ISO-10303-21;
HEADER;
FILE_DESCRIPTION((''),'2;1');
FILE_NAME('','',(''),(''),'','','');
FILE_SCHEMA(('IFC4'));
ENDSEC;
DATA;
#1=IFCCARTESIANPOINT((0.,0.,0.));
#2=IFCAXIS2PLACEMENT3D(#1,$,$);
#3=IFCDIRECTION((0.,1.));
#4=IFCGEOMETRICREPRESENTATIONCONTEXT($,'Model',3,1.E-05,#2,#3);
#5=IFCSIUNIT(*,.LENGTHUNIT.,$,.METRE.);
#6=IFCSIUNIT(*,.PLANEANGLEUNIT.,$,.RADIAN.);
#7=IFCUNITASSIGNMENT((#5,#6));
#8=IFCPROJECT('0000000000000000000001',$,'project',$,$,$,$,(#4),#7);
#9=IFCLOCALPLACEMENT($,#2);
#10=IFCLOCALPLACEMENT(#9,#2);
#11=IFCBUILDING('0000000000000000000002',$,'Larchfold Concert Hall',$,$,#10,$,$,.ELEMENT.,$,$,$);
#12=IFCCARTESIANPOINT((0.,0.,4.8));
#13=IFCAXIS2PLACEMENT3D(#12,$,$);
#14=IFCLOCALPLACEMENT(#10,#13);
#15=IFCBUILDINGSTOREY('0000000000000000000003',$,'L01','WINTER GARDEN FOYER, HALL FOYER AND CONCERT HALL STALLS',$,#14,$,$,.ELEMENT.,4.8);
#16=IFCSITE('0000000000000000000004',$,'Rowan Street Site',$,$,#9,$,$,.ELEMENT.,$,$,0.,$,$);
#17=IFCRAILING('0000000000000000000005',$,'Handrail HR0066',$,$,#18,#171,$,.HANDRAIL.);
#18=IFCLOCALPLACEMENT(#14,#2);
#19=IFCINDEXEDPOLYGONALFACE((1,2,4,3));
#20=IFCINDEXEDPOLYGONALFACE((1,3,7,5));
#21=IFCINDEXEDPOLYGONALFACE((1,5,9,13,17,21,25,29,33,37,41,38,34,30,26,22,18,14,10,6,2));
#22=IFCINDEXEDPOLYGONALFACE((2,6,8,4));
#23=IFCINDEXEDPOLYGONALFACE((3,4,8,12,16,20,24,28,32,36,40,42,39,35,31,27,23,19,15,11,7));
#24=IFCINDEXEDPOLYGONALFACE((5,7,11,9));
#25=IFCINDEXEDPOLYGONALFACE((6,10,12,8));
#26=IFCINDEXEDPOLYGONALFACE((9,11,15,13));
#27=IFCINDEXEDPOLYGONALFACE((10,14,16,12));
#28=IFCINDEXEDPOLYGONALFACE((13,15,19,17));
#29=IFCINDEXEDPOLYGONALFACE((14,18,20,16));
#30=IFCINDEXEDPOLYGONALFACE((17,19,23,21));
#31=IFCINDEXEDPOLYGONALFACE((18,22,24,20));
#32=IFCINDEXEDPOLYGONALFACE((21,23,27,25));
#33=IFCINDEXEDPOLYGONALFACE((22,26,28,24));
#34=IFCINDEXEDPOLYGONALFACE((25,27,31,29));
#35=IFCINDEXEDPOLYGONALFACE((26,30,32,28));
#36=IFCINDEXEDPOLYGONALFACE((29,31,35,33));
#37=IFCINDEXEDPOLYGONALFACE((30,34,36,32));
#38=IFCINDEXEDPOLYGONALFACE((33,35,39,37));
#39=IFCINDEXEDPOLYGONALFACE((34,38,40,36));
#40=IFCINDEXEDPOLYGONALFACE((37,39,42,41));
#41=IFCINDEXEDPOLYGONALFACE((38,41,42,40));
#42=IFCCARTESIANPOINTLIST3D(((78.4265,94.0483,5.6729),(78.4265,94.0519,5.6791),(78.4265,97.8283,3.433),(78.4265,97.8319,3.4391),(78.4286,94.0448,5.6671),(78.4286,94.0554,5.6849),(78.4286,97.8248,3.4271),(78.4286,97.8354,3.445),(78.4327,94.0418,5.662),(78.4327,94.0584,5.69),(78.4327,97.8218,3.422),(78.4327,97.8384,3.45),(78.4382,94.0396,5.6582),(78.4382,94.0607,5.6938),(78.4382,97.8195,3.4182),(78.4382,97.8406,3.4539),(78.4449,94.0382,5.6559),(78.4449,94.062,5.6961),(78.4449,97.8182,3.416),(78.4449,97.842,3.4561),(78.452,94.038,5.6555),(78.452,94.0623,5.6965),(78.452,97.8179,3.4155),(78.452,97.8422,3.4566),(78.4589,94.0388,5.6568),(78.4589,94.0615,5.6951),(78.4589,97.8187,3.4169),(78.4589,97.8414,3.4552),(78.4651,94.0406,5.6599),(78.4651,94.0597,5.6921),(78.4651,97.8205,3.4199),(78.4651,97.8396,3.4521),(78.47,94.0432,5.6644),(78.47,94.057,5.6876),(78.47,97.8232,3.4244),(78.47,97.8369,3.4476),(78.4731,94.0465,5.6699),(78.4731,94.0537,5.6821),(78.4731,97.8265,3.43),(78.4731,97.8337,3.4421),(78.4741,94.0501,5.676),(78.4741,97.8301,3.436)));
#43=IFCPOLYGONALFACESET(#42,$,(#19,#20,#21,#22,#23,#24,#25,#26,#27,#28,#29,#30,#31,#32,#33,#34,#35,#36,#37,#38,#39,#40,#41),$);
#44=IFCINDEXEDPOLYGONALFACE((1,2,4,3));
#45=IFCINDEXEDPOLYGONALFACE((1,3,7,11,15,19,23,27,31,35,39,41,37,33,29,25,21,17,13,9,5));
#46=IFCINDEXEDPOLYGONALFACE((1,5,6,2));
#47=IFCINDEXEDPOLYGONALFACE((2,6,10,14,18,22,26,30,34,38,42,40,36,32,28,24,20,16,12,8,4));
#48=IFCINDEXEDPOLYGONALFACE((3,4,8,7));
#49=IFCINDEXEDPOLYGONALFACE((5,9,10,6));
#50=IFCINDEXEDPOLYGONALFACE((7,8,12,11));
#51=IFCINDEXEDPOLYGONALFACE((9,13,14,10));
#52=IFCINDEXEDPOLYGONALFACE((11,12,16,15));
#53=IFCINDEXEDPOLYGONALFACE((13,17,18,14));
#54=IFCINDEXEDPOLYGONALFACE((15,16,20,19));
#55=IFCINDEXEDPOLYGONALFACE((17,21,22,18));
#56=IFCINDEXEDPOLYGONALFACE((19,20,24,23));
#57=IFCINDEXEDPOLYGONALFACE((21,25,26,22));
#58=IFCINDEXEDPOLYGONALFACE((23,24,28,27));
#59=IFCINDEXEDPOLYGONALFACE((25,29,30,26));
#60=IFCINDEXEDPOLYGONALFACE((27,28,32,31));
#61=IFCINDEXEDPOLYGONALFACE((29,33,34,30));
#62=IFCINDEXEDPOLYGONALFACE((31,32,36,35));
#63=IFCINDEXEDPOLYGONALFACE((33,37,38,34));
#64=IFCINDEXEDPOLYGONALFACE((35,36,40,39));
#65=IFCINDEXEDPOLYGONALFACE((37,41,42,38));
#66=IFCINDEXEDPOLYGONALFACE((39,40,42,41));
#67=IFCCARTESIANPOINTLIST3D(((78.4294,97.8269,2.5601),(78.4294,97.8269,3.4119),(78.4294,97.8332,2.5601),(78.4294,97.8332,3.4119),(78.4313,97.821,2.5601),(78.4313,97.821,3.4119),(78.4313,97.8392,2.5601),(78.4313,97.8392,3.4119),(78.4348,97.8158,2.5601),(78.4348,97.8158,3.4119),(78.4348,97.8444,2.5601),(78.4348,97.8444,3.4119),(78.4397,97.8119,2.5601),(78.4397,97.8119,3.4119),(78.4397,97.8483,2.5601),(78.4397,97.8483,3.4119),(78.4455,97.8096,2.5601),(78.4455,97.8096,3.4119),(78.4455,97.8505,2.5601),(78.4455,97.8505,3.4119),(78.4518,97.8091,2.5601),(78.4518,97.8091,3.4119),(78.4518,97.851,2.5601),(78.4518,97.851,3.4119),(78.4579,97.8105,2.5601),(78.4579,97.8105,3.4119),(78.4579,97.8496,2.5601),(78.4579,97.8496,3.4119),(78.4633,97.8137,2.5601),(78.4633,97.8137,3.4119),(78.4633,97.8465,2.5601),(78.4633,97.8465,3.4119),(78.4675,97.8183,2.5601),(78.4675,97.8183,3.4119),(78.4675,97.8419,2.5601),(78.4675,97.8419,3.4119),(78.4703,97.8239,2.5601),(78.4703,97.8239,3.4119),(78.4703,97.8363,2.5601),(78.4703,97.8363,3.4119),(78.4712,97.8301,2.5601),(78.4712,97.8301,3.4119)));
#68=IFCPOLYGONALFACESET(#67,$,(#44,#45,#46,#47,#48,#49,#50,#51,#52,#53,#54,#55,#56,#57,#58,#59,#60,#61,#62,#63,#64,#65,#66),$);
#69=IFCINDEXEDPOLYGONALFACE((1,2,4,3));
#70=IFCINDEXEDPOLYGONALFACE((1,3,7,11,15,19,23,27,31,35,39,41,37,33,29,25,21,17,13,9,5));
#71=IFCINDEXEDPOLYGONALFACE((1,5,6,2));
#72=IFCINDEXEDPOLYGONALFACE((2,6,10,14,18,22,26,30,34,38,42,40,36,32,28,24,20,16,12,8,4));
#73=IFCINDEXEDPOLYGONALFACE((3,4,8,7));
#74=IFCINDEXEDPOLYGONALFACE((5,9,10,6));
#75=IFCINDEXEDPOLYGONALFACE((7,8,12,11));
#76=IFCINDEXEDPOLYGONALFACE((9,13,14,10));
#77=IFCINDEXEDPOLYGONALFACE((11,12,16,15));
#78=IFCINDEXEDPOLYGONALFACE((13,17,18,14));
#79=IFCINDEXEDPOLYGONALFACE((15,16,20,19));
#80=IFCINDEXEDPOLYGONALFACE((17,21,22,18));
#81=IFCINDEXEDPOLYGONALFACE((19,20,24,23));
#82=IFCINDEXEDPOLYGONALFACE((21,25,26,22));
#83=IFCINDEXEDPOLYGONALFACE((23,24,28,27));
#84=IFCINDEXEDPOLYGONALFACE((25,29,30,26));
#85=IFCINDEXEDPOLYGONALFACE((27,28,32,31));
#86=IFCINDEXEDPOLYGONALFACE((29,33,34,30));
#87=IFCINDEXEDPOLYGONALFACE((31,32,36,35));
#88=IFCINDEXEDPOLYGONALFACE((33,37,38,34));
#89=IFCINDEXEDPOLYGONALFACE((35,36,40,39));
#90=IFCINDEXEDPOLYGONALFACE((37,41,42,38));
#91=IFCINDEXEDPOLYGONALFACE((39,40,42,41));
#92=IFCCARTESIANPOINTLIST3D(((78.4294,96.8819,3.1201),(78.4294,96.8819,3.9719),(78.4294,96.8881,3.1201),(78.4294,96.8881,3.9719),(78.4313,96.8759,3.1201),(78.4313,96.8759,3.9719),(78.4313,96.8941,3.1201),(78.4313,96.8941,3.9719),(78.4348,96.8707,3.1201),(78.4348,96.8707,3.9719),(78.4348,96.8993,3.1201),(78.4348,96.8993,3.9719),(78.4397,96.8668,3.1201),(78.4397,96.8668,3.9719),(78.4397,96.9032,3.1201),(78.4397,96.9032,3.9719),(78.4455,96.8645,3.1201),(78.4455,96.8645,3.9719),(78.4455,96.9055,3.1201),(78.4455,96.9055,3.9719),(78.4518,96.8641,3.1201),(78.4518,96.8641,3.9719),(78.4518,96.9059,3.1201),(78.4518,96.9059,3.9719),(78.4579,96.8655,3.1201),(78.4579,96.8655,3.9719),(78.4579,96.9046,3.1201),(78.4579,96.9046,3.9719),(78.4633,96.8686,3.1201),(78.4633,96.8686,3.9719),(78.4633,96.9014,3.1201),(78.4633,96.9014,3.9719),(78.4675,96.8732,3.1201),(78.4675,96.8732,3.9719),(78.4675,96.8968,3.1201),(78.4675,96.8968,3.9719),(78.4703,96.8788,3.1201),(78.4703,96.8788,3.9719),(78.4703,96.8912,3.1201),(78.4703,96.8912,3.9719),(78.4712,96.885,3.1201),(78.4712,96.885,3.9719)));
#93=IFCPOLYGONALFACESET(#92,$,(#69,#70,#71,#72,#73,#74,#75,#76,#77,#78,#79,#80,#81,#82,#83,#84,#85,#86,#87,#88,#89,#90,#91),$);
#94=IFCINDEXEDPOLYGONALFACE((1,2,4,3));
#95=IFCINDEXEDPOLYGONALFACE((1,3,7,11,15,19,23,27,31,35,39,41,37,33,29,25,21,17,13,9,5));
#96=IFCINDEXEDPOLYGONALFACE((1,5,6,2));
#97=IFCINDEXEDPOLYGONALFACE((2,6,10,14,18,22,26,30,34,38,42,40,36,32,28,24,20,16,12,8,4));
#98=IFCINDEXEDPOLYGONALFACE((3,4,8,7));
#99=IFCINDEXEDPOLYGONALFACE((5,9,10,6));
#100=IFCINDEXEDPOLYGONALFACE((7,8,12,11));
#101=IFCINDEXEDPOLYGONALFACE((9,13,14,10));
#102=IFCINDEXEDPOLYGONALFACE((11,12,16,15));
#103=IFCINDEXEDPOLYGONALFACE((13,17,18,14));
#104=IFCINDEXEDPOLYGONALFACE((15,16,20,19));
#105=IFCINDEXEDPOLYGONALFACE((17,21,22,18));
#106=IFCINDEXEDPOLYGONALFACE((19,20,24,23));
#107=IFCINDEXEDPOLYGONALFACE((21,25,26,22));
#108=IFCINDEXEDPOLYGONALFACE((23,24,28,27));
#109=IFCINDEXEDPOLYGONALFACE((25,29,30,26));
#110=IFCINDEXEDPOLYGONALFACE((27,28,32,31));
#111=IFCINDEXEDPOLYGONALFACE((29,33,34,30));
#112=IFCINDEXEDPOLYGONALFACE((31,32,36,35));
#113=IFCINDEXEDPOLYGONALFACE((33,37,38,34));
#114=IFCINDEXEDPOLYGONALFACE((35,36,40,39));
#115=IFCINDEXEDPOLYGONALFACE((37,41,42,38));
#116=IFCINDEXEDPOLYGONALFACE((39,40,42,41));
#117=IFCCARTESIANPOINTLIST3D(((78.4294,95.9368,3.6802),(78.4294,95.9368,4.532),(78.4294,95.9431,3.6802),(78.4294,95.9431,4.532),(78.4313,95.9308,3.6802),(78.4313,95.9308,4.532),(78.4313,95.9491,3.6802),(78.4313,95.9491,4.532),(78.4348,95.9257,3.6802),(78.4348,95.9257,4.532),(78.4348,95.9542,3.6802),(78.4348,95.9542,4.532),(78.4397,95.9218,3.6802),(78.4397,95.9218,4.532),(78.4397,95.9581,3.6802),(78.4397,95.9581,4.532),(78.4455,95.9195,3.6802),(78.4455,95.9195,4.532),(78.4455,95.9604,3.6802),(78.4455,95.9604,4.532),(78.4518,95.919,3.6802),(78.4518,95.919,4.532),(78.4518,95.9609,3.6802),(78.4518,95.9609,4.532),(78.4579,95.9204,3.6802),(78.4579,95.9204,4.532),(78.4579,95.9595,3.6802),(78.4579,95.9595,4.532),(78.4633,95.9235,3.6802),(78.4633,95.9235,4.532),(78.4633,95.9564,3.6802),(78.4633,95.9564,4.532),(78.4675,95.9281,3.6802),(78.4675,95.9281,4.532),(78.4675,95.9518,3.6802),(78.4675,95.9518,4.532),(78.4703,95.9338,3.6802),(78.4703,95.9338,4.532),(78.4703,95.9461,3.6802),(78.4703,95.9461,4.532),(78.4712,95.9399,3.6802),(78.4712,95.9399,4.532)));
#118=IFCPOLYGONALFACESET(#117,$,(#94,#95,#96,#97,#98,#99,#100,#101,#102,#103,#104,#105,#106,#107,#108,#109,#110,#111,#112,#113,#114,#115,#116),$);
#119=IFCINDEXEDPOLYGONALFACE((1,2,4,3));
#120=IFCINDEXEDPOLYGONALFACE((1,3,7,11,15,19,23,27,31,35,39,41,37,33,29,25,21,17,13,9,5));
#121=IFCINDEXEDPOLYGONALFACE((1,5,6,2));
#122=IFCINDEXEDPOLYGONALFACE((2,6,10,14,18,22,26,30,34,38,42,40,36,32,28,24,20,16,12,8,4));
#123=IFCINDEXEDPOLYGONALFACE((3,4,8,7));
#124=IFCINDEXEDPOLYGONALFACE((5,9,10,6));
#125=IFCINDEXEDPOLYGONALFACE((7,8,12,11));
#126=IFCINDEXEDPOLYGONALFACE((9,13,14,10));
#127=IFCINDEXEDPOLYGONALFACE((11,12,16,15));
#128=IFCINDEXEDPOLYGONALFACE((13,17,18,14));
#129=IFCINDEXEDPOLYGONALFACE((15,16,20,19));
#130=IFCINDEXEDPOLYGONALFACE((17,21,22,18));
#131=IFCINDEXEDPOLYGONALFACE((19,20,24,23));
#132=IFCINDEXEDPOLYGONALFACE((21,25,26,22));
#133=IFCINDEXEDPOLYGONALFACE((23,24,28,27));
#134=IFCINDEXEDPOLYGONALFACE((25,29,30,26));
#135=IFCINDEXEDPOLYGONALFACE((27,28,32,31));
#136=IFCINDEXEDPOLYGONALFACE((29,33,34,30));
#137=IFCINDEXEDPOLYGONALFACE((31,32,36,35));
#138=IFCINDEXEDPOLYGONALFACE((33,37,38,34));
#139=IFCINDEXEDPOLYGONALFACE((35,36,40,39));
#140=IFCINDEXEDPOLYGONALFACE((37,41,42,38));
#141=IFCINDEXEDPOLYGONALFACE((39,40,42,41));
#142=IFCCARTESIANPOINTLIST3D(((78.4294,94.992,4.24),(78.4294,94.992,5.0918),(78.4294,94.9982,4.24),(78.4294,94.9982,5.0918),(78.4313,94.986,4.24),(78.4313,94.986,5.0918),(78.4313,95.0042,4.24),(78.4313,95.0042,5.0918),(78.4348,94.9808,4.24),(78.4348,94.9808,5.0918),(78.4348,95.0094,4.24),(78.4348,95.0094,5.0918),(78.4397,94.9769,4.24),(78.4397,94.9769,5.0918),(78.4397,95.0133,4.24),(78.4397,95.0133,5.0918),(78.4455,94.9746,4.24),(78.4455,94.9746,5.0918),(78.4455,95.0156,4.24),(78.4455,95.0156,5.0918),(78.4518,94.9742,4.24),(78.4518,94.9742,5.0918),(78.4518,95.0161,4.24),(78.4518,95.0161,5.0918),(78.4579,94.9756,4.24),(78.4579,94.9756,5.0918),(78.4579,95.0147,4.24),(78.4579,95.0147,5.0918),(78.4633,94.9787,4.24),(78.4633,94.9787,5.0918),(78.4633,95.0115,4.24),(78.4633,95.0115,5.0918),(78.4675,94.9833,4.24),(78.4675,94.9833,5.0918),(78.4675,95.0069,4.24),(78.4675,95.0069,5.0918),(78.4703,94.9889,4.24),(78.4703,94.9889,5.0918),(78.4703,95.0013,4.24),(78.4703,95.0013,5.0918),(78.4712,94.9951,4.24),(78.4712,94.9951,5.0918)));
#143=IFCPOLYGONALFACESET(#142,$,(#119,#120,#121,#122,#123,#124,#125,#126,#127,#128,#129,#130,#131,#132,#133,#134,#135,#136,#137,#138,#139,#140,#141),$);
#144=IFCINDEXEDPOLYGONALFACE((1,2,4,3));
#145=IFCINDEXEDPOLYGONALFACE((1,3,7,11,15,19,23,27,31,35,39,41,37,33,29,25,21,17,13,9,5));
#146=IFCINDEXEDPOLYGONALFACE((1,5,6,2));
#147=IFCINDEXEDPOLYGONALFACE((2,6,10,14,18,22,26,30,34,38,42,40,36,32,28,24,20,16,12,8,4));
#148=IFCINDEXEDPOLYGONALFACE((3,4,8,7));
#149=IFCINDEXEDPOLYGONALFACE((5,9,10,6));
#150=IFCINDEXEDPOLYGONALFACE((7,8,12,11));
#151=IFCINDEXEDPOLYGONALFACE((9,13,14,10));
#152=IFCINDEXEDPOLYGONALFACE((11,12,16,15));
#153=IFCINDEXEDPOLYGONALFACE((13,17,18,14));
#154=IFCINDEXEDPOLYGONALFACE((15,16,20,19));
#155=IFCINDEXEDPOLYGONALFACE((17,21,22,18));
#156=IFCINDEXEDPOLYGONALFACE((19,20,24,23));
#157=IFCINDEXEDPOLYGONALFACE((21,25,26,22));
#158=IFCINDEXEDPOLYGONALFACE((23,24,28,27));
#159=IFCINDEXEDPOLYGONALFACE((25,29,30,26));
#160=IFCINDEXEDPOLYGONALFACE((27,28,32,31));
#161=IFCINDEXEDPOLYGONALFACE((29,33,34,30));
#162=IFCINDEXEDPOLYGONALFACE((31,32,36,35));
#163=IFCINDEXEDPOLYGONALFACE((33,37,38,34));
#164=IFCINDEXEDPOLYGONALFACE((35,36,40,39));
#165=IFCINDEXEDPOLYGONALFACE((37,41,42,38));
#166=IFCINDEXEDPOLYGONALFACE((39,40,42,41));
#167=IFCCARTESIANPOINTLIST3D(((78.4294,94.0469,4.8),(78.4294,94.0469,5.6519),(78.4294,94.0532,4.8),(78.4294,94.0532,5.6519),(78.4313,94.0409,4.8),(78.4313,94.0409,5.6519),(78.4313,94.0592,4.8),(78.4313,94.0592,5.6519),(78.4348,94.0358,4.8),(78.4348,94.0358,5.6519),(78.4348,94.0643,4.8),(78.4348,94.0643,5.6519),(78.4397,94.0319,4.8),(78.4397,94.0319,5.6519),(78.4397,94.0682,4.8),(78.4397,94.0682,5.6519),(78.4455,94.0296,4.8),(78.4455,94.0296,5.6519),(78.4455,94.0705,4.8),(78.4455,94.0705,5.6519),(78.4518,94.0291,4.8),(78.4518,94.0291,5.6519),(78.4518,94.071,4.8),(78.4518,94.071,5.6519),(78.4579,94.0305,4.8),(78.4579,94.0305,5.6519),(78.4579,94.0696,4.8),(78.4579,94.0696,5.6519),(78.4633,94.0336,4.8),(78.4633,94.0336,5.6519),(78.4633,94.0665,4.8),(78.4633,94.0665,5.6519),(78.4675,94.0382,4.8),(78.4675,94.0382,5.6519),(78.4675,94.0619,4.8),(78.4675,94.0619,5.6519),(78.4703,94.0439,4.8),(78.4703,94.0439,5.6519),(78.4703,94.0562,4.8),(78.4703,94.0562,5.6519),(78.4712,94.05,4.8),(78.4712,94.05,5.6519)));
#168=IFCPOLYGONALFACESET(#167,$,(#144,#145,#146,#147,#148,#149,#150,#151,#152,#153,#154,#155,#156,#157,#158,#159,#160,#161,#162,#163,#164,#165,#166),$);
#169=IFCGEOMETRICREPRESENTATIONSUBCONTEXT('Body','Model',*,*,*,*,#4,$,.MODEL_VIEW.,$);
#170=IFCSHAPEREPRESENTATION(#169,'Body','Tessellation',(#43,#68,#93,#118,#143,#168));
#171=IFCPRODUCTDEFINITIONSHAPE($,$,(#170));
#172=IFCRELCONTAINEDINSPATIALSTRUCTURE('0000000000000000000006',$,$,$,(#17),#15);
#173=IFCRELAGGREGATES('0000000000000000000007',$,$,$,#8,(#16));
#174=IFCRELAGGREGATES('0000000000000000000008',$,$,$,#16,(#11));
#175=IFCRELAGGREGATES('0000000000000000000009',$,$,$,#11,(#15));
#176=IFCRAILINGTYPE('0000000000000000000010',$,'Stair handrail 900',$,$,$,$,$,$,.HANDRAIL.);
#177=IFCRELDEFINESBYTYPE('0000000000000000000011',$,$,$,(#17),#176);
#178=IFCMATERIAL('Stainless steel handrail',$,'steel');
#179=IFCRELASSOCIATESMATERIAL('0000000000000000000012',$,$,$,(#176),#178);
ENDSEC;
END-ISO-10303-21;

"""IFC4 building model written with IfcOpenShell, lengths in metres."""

from ifc_helpers import new_model, si_unit, direction, frame, origin, origin_2d, place, context, subcontext, project, spatial, circle, extrude, material, type_object, element, save


model = new_model("IFC4")

# Units and contexts
model_context = context("Model", 3, precision=1e-05, world=origin(), true_north=direction((0.0, 1.0)))
body_context = subcontext(model_context, "Body", "Model", "MODEL_VIEW")
ifc_project = project(units=[si_unit("LENGTHUNIT", "METRE"), si_unit("PLANEANGLEUNIT", "RADIAN")], contexts=[model_context])

# Site, building, storey
site_placement = place(None, origin())
site = spatial("IfcSite", under=ifc_project, at=site_placement, Name="Rowan Street Site", CompositionType="ELEMENT", RefElevation=0.0)
building_placement = place(site_placement, origin())
building = spatial("IfcBuilding", under=site, at=building_placement, Name="Larchfold Concert Hall", CompositionType="ELEMENT")
storey_placement = place(building_placement, frame((0.0, 0.0, 4.8)))
storey = spatial("IfcBuildingStorey", under=building, at=storey_placement, Name="L01", Description="WINTER GARDEN FOYER, HALL FOYER AND CONCERT HALL STALLS", CompositionType="ELEMENT", Elevation=4.8)

# Railing
ifc_material_1 = material(Name="Stainless steel handrail", Category="steel")
railing_type_1 = type_object("IfcRailingType", Name="Stair handrail 900", PredefinedType="HANDRAIL", material=ifc_material_1)
for number, where, name in (
    (1, (78.4502, 97.8301, 2.5601), "Handrail HR0066"),
):
    element("IfcRailing", number, at=place(storey_placement, frame(where)), inside=storey, type_object=railing_type_1, Name=name, PredefinedType="HANDRAIL", context=body_context, shape_type="SweptSolid", body=[
        extrude(circle(Radius=0.0239, at=origin_2d()), frame((0.0, 0.0, 0.876), z_axis=(0.0, -0.860294, 0.509798), x_axis=(1.0, 0.0, 0.0)), (0.0, 0.0, 1.0), 4.3938),
        extrude(circle(Radius=0.021, at=origin_2d()), origin(), (0.0, 0.0, 1.0), 0.8518),
        extrude(circle(Radius=0.021, at=origin_2d()), frame((0.0, -0.9451, 0.5601)), (0.0, 0.0, 1.0), 0.8518),
        extrude(circle(Radius=0.021, at=origin_2d()), frame((0.0, -1.8901, 1.1201)), (0.0, 0.0, 1.0), 0.8518),
        extrude(circle(Radius=0.021, at=origin_2d()), frame((0.0, -2.835, 1.6799)), (0.0, 0.0, 1.0), 0.8518),
        extrude(circle(Radius=0.021, at=origin_2d()), frame((0.0, -3.78, 2.24)), (0.0, 0.0, 1.0), 0.8518),
    ])

save(model, "model.ifc")
